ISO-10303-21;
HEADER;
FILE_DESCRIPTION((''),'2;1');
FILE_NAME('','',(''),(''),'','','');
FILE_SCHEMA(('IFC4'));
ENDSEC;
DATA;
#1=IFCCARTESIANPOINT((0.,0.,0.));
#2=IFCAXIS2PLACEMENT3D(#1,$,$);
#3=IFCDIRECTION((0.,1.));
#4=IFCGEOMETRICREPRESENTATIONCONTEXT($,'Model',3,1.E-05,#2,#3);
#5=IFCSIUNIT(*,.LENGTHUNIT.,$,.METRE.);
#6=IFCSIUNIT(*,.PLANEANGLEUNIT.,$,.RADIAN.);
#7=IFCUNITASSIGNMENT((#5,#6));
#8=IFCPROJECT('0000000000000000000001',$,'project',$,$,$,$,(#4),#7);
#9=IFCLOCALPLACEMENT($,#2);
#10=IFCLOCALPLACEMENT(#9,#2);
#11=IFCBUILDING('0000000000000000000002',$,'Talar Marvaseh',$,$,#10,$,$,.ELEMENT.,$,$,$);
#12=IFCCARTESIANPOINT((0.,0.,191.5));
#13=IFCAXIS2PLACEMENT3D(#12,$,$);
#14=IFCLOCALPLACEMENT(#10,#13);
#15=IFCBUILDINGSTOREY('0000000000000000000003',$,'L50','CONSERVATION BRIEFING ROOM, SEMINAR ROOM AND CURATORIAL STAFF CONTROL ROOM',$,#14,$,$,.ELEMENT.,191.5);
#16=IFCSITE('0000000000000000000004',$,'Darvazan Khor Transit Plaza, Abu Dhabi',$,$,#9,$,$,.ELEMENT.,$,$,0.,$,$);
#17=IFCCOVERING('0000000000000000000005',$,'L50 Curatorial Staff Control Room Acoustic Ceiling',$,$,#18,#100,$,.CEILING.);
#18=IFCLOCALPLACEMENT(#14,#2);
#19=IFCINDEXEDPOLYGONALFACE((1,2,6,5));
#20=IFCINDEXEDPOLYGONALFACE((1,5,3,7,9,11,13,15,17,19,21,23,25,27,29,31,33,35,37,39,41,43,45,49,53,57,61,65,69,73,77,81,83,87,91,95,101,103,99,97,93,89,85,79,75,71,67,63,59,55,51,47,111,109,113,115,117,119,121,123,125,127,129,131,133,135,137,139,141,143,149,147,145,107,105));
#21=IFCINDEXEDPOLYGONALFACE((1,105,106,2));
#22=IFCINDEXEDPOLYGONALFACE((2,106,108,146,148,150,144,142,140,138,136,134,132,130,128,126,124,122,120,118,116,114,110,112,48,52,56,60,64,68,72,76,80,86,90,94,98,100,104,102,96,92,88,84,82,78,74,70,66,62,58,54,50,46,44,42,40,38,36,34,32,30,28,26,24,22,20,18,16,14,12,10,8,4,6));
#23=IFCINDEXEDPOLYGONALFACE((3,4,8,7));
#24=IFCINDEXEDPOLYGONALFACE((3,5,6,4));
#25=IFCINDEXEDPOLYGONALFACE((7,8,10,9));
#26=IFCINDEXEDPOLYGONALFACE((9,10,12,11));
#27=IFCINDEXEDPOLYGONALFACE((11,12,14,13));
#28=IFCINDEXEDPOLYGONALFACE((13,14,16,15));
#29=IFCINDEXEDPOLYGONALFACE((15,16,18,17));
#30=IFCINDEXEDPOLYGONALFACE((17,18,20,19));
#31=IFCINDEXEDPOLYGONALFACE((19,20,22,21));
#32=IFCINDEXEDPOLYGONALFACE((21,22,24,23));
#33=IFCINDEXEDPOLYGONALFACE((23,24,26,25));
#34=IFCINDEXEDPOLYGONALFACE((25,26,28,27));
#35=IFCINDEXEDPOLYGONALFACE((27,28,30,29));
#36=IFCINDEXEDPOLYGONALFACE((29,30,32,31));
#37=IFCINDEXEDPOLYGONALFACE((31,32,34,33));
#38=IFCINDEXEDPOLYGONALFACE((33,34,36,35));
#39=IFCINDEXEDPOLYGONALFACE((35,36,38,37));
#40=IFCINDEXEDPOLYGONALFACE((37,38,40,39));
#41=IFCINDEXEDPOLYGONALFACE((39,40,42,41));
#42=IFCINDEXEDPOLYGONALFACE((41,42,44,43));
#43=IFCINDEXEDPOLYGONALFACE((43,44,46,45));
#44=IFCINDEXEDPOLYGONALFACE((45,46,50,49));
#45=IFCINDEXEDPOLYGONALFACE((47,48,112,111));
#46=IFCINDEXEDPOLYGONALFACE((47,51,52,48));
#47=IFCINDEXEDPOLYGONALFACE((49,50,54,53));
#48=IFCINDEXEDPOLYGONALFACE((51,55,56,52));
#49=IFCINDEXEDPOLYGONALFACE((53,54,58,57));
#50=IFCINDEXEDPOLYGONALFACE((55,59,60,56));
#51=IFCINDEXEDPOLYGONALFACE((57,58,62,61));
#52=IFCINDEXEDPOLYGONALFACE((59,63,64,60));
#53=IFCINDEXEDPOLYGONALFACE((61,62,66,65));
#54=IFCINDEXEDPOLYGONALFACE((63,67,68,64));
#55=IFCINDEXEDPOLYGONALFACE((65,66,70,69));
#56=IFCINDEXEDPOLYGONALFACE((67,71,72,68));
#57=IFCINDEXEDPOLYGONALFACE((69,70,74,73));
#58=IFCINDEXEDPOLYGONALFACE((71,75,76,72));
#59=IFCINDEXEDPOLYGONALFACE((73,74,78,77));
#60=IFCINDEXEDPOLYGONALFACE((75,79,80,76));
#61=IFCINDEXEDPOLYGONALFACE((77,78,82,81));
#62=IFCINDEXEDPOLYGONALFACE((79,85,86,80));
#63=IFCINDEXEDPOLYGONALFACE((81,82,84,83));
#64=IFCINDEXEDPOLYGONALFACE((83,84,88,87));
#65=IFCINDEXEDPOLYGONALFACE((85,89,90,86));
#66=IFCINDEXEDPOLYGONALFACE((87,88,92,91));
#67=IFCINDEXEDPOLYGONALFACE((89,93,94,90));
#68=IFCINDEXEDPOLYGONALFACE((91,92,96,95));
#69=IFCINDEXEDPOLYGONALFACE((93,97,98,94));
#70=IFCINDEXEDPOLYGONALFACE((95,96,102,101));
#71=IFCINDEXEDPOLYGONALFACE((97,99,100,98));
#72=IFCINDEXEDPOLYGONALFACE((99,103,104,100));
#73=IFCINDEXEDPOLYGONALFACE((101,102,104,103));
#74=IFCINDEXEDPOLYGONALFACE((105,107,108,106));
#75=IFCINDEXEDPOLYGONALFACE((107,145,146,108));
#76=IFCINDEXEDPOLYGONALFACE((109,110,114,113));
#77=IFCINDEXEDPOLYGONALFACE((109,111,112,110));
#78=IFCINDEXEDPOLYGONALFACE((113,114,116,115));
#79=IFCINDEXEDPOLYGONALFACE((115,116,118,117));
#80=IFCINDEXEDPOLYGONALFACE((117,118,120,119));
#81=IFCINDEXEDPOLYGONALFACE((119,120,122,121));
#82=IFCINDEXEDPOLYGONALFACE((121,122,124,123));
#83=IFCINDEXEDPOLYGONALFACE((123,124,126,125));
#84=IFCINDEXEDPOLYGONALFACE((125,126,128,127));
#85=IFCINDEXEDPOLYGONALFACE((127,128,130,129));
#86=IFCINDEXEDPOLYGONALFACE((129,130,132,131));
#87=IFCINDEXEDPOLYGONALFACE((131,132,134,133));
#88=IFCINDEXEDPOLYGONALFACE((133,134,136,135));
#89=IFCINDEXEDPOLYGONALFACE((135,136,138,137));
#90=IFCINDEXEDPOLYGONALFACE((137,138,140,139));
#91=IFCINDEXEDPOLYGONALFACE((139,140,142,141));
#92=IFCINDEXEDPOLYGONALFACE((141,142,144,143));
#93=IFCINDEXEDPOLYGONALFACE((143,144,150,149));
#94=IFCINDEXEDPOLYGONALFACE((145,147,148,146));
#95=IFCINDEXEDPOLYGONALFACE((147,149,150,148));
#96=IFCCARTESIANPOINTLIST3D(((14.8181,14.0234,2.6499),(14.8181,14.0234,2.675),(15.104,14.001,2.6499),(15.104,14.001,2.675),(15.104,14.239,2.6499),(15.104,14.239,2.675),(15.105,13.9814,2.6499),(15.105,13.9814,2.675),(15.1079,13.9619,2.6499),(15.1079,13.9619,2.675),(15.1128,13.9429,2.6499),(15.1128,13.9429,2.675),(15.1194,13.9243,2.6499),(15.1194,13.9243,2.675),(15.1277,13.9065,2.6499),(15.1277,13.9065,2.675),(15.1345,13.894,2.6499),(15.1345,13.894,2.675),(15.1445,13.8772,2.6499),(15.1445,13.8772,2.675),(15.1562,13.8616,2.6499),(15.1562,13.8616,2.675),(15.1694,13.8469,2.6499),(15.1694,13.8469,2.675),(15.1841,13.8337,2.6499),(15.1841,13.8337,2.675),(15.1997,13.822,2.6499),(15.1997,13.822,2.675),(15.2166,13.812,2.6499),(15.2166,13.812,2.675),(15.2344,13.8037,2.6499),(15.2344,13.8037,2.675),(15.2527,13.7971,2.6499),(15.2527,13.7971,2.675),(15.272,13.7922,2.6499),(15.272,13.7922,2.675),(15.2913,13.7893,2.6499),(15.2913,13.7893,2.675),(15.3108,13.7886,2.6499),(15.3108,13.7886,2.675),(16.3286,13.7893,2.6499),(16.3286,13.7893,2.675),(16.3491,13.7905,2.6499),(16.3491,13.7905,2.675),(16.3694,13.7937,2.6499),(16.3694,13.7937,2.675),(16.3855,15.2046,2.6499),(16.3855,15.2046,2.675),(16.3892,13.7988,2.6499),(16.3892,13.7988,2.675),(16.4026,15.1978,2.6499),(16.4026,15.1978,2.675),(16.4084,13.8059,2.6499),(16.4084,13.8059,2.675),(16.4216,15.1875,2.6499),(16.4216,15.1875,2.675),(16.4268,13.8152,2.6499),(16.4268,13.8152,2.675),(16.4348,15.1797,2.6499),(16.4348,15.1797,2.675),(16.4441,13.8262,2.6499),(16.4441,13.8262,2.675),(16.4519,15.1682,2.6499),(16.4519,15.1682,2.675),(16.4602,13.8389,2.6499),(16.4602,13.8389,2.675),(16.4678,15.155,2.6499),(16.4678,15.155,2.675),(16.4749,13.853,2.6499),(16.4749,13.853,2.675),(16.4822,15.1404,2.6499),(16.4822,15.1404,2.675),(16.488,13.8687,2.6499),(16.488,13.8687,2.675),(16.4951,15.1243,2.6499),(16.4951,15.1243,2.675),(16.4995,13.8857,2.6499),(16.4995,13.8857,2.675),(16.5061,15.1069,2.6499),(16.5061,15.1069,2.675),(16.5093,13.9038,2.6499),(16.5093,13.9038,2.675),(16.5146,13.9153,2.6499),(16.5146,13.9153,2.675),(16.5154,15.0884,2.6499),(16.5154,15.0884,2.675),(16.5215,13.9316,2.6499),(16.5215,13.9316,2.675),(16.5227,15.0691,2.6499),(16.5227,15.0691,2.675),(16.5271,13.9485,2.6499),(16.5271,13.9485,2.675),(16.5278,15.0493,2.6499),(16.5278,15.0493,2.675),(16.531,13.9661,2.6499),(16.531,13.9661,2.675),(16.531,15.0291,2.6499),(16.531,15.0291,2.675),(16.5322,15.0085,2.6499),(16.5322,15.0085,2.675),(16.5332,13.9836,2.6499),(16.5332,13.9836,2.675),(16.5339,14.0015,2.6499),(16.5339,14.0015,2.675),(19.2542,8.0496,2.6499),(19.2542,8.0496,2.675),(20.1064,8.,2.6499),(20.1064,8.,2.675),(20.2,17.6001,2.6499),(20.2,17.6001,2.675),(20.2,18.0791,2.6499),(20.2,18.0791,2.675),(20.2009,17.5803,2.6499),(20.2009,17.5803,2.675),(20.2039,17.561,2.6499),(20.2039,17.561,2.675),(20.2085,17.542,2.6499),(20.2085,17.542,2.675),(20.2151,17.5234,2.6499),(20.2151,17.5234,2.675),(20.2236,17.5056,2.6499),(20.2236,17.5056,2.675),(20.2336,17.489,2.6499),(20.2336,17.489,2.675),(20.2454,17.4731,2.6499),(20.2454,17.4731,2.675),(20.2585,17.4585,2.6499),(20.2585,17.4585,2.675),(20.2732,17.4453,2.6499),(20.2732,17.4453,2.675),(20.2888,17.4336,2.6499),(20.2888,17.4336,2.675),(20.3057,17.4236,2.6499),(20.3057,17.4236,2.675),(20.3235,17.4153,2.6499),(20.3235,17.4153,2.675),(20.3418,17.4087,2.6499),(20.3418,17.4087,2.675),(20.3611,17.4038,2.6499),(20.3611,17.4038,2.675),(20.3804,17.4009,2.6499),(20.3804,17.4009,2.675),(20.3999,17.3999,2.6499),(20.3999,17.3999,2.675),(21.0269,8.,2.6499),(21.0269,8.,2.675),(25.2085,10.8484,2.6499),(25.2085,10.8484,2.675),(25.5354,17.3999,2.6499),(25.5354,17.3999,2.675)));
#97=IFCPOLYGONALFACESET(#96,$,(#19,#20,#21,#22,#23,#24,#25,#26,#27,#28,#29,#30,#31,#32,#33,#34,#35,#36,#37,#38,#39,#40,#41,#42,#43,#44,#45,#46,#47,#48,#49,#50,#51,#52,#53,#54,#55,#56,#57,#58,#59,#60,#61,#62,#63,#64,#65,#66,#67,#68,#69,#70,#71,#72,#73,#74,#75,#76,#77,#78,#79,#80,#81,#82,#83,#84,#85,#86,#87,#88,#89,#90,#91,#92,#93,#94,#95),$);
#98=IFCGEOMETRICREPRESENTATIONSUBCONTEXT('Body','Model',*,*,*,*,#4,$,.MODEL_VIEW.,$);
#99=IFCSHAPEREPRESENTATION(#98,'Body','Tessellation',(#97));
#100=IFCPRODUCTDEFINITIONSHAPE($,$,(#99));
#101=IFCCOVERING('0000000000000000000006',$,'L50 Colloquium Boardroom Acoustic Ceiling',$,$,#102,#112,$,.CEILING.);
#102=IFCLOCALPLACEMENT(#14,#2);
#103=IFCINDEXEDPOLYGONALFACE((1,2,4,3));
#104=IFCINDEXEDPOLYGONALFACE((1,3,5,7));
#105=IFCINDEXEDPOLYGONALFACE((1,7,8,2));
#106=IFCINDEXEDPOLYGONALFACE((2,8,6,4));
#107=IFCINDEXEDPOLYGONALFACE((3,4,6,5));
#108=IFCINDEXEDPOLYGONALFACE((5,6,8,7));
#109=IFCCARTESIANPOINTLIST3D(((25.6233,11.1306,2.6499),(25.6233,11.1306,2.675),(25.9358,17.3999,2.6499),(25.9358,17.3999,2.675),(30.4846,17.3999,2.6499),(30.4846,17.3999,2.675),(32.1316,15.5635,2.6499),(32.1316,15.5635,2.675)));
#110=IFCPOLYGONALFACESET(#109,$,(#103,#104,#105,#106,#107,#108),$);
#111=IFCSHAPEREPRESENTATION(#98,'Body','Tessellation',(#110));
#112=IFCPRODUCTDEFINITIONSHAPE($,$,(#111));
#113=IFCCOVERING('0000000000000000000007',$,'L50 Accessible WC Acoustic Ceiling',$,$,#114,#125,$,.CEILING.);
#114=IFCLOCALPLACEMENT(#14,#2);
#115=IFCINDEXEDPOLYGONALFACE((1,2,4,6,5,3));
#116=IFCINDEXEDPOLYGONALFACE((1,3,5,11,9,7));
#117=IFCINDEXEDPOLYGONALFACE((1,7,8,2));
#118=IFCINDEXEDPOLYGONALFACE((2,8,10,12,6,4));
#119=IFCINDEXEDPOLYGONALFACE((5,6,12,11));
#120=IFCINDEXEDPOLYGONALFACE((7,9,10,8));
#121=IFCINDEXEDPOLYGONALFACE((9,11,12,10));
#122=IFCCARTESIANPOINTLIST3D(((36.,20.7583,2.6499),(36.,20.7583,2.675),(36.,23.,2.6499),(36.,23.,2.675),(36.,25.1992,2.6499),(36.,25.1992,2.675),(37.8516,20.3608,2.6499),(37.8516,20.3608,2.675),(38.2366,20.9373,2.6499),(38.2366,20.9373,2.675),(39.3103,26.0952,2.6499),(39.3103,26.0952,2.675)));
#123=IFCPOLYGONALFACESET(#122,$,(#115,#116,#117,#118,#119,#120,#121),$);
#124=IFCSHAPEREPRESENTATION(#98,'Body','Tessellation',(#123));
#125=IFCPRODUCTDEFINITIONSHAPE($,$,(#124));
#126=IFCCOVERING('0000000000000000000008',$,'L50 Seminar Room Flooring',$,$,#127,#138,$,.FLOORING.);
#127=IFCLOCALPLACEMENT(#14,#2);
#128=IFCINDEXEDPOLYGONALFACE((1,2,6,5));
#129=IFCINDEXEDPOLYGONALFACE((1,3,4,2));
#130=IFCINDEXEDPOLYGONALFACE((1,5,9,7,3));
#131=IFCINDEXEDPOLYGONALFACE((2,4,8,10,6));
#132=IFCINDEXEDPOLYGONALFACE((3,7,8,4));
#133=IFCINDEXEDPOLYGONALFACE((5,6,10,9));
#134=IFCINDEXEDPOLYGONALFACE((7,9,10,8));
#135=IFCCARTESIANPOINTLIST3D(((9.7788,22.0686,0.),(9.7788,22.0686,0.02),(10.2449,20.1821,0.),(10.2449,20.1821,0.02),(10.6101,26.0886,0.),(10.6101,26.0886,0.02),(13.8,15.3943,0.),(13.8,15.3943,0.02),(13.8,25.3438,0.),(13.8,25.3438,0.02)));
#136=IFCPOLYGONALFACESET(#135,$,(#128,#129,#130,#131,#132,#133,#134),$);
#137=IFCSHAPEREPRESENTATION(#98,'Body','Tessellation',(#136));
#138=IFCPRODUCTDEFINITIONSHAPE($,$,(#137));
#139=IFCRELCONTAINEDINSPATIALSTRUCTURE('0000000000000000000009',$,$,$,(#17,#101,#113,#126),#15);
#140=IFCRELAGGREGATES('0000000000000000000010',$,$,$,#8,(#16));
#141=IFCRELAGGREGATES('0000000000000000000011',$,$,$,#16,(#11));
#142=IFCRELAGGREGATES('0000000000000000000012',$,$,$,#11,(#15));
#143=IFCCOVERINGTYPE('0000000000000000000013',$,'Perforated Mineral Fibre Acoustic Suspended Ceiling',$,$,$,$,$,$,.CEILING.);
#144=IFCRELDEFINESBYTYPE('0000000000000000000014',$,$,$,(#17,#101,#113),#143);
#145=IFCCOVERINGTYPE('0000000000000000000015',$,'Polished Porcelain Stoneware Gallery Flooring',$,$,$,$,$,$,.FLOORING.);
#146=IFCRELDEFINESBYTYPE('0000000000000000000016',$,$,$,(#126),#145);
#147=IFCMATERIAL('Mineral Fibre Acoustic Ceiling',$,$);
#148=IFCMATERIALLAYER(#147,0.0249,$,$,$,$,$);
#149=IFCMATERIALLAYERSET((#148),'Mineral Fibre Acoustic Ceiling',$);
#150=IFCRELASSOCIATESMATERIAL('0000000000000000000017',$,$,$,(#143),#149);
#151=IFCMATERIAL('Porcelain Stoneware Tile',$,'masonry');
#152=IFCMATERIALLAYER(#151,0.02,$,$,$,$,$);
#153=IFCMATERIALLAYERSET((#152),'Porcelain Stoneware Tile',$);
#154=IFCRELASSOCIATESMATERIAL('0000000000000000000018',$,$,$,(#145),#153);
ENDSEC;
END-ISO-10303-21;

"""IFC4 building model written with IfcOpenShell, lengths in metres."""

from ifc_helpers import new_model, si_unit, direction, frame, origin, place, context, subcontext, project, spatial, polyline, outline, extrude, material, layer, layer_set, type_object, element, save


model = new_model("IFC4")

# Units and contexts
model_context = context("Model", 3, precision=1e-05, world=origin(), true_north=direction((0.0, 1.0)))
body_context = subcontext(model_context, "Body", "Model", "MODEL_VIEW")
ifc_project = project(units=[si_unit("LENGTHUNIT", "METRE"), si_unit("PLANEANGLEUNIT", "RADIAN")], contexts=[model_context])

# Site, building, storey
site_placement = place(None, origin())
site = spatial("IfcSite", under=ifc_project, at=site_placement, Name="Darvazan Khor Transit Plaza, Abu Dhabi", CompositionType="ELEMENT", RefElevation=0.0)
building_placement = place(site_placement, origin())
building = spatial("IfcBuilding", under=site, at=building_placement, Name="Talar Marvaseh", CompositionType="ELEMENT")
storey_placement = place(building_placement, frame((0.0, 0.0, 191.5)))
storey = spatial("IfcBuildingStorey", under=building, at=storey_placement, Name="L50", Description="CONSERVATION BRIEFING ROOM, SEMINAR ROOM AND CURATORIAL STAFF CONTROL ROOM", CompositionType="ELEMENT", Elevation=191.5)

# Coverings
ifc_material_1 = material(Name="Mineral Fibre Acoustic Ceiling")
ifc_layer_1 = layer(ifc_material_1, 0.0249)
ifc_layer_set_1 = layer_set([ifc_layer_1], Name="Mineral Fibre Acoustic Ceiling")
covering_type_1 = type_object("IfcCoveringType", Name="Perforated Mineral Fibre Acoustic Suspended Ceiling", PredefinedType="CEILING", material=ifc_layer_set_1)
covering_1_placement = place(storey_placement, frame((0.0, 0.0, 2.6499)))
element("IfcCovering", 1, at=covering_1_placement, inside=storey, type_object=covering_type_1, Name="L50 Curatorial Staff Control Room Acoustic Ceiling", PredefinedType="CEILING", context=body_context, shape_type="SweptSolid", body=[
    extrude(outline(polyline([(20.2, 17.6001), (20.2009, 17.5803), (20.2039, 17.561), (20.2085, 17.542), (20.2151, 17.5234), (20.2236, 17.5056), (20.2336, 17.489), (20.2454, 17.4731), (20.2585, 17.4585), (20.2732, 17.4453), (20.2888, 17.4336), (20.3057, 17.4236), (20.3235, 17.4153), (20.3418, 17.4087), (20.3611, 17.4038), (20.3804, 17.4009), (20.3999, 17.3999), (25.5354, 17.3999), (25.2085, 10.8484), (21.0269, 8.0), (20.1064, 8.0), (19.2542, 8.0496), (14.8181, 14.0234), (15.104, 14.239), (15.104, 14.001), (15.105, 13.9814), (15.1079, 13.9619), (15.1128, 13.9429), (15.1194, 13.9243), (15.1277, 13.9065), (15.1345, 13.894), (15.1445, 13.8772), (15.1562, 13.8616), (15.1694, 13.8469), (15.1841, 13.8337), (15.1997, 13.822), (15.2166, 13.812), (15.2344, 13.8037), (15.2527, 13.7971), (15.272, 13.7922), (15.2913, 13.7893), (15.3108, 13.7886), (16.3286, 13.7893), (16.3491, 13.7905), (16.3694, 13.7937), (16.3892, 13.7988), (16.4084, 13.8059), (16.4268, 13.8152), (16.4441, 13.8262), (16.4602, 13.8389), (16.4749, 13.853), (16.488, 13.8687), (16.4995, 13.8857), (16.5093, 13.9038), (16.5146, 13.9153), (16.5215, 13.9316), (16.5271, 13.9485), (16.531, 13.9661), (16.5332, 13.9836), (16.5339, 14.0015), (16.5322, 15.0085), (16.531, 15.0291), (16.5278, 15.0493), (16.5227, 15.0691), (16.5154, 15.0884), (16.5061, 15.1069), (16.4951, 15.1243), (16.4822, 15.1404), (16.4678, 15.155), (16.4519, 15.1682), (16.4348, 15.1797), (16.4216, 15.1875), (16.4026, 15.1978), (16.3855, 15.2046), (20.2, 18.0791), (20.2, 17.6001)])), origin(), (0.0, 0.0, 1.0), 0.0251),
])
covering_2_placement = place(storey_placement, frame((0.0, 0.0, 2.6499)))
element("IfcCovering", 2, at=covering_2_placement, inside=storey, type_object=covering_type_1, Name="L50 Colloquium Boardroom Acoustic Ceiling", PredefinedType="CEILING", context=body_context, shape_type="SweptSolid", body=[
    extrude(outline(polyline([(32.1316, 15.5635), (25.6233, 11.1306), (25.9358, 17.3999), (30.4846, 17.3999), (32.1316, 15.5635)])), origin(), (0.0, 0.0, 1.0), 0.0251),
])
covering_3_placement = place(storey_placement, frame((0.0, 0.0, 2.6499)))
element("IfcCovering", 3, at=covering_3_placement, inside=storey, type_object=covering_type_1, Name="L50 Accessible WC Acoustic Ceiling", PredefinedType="CEILING", context=body_context, shape_type="SweptSolid", body=[
    extrude(outline(polyline([(36.0, 23.0), (36.0, 25.1992), (39.3103, 26.0952), (38.2366, 20.9373), (37.8516, 20.3608), (36.0, 20.7583), (36.0, 23.0)])), origin(), (0.0, 0.0, 1.0), 0.0251),
])
ifc_material_2 = material(Name="Porcelain Stoneware Tile", Category="masonry")
ifc_layer_2 = layer(ifc_material_2, 0.02)
ifc_layer_set_2 = layer_set([ifc_layer_2], Name="Porcelain Stoneware Tile")
covering_type_2 = type_object("IfcCoveringType", Name="Polished Porcelain Stoneware Gallery Flooring", PredefinedType="FLOORING", material=ifc_layer_set_2)
covering_4_placement = place(storey_placement, origin())
element("IfcCovering", 4, at=covering_4_placement, inside=storey, type_object=covering_type_2, Name="L50 Seminar Room Flooring", PredefinedType="FLOORING", context=body_context, shape_type="SweptSolid", body=[
    extrude(outline(polyline([(13.8, 25.3438), (13.8, 15.3943), (10.2449, 20.1821), (9.7788, 22.0686), (10.6101, 26.0886), (13.8, 25.3438)])), origin(), (0.0, 0.0, 1.0), 0.02),
])

save(model, "model.ifc")
